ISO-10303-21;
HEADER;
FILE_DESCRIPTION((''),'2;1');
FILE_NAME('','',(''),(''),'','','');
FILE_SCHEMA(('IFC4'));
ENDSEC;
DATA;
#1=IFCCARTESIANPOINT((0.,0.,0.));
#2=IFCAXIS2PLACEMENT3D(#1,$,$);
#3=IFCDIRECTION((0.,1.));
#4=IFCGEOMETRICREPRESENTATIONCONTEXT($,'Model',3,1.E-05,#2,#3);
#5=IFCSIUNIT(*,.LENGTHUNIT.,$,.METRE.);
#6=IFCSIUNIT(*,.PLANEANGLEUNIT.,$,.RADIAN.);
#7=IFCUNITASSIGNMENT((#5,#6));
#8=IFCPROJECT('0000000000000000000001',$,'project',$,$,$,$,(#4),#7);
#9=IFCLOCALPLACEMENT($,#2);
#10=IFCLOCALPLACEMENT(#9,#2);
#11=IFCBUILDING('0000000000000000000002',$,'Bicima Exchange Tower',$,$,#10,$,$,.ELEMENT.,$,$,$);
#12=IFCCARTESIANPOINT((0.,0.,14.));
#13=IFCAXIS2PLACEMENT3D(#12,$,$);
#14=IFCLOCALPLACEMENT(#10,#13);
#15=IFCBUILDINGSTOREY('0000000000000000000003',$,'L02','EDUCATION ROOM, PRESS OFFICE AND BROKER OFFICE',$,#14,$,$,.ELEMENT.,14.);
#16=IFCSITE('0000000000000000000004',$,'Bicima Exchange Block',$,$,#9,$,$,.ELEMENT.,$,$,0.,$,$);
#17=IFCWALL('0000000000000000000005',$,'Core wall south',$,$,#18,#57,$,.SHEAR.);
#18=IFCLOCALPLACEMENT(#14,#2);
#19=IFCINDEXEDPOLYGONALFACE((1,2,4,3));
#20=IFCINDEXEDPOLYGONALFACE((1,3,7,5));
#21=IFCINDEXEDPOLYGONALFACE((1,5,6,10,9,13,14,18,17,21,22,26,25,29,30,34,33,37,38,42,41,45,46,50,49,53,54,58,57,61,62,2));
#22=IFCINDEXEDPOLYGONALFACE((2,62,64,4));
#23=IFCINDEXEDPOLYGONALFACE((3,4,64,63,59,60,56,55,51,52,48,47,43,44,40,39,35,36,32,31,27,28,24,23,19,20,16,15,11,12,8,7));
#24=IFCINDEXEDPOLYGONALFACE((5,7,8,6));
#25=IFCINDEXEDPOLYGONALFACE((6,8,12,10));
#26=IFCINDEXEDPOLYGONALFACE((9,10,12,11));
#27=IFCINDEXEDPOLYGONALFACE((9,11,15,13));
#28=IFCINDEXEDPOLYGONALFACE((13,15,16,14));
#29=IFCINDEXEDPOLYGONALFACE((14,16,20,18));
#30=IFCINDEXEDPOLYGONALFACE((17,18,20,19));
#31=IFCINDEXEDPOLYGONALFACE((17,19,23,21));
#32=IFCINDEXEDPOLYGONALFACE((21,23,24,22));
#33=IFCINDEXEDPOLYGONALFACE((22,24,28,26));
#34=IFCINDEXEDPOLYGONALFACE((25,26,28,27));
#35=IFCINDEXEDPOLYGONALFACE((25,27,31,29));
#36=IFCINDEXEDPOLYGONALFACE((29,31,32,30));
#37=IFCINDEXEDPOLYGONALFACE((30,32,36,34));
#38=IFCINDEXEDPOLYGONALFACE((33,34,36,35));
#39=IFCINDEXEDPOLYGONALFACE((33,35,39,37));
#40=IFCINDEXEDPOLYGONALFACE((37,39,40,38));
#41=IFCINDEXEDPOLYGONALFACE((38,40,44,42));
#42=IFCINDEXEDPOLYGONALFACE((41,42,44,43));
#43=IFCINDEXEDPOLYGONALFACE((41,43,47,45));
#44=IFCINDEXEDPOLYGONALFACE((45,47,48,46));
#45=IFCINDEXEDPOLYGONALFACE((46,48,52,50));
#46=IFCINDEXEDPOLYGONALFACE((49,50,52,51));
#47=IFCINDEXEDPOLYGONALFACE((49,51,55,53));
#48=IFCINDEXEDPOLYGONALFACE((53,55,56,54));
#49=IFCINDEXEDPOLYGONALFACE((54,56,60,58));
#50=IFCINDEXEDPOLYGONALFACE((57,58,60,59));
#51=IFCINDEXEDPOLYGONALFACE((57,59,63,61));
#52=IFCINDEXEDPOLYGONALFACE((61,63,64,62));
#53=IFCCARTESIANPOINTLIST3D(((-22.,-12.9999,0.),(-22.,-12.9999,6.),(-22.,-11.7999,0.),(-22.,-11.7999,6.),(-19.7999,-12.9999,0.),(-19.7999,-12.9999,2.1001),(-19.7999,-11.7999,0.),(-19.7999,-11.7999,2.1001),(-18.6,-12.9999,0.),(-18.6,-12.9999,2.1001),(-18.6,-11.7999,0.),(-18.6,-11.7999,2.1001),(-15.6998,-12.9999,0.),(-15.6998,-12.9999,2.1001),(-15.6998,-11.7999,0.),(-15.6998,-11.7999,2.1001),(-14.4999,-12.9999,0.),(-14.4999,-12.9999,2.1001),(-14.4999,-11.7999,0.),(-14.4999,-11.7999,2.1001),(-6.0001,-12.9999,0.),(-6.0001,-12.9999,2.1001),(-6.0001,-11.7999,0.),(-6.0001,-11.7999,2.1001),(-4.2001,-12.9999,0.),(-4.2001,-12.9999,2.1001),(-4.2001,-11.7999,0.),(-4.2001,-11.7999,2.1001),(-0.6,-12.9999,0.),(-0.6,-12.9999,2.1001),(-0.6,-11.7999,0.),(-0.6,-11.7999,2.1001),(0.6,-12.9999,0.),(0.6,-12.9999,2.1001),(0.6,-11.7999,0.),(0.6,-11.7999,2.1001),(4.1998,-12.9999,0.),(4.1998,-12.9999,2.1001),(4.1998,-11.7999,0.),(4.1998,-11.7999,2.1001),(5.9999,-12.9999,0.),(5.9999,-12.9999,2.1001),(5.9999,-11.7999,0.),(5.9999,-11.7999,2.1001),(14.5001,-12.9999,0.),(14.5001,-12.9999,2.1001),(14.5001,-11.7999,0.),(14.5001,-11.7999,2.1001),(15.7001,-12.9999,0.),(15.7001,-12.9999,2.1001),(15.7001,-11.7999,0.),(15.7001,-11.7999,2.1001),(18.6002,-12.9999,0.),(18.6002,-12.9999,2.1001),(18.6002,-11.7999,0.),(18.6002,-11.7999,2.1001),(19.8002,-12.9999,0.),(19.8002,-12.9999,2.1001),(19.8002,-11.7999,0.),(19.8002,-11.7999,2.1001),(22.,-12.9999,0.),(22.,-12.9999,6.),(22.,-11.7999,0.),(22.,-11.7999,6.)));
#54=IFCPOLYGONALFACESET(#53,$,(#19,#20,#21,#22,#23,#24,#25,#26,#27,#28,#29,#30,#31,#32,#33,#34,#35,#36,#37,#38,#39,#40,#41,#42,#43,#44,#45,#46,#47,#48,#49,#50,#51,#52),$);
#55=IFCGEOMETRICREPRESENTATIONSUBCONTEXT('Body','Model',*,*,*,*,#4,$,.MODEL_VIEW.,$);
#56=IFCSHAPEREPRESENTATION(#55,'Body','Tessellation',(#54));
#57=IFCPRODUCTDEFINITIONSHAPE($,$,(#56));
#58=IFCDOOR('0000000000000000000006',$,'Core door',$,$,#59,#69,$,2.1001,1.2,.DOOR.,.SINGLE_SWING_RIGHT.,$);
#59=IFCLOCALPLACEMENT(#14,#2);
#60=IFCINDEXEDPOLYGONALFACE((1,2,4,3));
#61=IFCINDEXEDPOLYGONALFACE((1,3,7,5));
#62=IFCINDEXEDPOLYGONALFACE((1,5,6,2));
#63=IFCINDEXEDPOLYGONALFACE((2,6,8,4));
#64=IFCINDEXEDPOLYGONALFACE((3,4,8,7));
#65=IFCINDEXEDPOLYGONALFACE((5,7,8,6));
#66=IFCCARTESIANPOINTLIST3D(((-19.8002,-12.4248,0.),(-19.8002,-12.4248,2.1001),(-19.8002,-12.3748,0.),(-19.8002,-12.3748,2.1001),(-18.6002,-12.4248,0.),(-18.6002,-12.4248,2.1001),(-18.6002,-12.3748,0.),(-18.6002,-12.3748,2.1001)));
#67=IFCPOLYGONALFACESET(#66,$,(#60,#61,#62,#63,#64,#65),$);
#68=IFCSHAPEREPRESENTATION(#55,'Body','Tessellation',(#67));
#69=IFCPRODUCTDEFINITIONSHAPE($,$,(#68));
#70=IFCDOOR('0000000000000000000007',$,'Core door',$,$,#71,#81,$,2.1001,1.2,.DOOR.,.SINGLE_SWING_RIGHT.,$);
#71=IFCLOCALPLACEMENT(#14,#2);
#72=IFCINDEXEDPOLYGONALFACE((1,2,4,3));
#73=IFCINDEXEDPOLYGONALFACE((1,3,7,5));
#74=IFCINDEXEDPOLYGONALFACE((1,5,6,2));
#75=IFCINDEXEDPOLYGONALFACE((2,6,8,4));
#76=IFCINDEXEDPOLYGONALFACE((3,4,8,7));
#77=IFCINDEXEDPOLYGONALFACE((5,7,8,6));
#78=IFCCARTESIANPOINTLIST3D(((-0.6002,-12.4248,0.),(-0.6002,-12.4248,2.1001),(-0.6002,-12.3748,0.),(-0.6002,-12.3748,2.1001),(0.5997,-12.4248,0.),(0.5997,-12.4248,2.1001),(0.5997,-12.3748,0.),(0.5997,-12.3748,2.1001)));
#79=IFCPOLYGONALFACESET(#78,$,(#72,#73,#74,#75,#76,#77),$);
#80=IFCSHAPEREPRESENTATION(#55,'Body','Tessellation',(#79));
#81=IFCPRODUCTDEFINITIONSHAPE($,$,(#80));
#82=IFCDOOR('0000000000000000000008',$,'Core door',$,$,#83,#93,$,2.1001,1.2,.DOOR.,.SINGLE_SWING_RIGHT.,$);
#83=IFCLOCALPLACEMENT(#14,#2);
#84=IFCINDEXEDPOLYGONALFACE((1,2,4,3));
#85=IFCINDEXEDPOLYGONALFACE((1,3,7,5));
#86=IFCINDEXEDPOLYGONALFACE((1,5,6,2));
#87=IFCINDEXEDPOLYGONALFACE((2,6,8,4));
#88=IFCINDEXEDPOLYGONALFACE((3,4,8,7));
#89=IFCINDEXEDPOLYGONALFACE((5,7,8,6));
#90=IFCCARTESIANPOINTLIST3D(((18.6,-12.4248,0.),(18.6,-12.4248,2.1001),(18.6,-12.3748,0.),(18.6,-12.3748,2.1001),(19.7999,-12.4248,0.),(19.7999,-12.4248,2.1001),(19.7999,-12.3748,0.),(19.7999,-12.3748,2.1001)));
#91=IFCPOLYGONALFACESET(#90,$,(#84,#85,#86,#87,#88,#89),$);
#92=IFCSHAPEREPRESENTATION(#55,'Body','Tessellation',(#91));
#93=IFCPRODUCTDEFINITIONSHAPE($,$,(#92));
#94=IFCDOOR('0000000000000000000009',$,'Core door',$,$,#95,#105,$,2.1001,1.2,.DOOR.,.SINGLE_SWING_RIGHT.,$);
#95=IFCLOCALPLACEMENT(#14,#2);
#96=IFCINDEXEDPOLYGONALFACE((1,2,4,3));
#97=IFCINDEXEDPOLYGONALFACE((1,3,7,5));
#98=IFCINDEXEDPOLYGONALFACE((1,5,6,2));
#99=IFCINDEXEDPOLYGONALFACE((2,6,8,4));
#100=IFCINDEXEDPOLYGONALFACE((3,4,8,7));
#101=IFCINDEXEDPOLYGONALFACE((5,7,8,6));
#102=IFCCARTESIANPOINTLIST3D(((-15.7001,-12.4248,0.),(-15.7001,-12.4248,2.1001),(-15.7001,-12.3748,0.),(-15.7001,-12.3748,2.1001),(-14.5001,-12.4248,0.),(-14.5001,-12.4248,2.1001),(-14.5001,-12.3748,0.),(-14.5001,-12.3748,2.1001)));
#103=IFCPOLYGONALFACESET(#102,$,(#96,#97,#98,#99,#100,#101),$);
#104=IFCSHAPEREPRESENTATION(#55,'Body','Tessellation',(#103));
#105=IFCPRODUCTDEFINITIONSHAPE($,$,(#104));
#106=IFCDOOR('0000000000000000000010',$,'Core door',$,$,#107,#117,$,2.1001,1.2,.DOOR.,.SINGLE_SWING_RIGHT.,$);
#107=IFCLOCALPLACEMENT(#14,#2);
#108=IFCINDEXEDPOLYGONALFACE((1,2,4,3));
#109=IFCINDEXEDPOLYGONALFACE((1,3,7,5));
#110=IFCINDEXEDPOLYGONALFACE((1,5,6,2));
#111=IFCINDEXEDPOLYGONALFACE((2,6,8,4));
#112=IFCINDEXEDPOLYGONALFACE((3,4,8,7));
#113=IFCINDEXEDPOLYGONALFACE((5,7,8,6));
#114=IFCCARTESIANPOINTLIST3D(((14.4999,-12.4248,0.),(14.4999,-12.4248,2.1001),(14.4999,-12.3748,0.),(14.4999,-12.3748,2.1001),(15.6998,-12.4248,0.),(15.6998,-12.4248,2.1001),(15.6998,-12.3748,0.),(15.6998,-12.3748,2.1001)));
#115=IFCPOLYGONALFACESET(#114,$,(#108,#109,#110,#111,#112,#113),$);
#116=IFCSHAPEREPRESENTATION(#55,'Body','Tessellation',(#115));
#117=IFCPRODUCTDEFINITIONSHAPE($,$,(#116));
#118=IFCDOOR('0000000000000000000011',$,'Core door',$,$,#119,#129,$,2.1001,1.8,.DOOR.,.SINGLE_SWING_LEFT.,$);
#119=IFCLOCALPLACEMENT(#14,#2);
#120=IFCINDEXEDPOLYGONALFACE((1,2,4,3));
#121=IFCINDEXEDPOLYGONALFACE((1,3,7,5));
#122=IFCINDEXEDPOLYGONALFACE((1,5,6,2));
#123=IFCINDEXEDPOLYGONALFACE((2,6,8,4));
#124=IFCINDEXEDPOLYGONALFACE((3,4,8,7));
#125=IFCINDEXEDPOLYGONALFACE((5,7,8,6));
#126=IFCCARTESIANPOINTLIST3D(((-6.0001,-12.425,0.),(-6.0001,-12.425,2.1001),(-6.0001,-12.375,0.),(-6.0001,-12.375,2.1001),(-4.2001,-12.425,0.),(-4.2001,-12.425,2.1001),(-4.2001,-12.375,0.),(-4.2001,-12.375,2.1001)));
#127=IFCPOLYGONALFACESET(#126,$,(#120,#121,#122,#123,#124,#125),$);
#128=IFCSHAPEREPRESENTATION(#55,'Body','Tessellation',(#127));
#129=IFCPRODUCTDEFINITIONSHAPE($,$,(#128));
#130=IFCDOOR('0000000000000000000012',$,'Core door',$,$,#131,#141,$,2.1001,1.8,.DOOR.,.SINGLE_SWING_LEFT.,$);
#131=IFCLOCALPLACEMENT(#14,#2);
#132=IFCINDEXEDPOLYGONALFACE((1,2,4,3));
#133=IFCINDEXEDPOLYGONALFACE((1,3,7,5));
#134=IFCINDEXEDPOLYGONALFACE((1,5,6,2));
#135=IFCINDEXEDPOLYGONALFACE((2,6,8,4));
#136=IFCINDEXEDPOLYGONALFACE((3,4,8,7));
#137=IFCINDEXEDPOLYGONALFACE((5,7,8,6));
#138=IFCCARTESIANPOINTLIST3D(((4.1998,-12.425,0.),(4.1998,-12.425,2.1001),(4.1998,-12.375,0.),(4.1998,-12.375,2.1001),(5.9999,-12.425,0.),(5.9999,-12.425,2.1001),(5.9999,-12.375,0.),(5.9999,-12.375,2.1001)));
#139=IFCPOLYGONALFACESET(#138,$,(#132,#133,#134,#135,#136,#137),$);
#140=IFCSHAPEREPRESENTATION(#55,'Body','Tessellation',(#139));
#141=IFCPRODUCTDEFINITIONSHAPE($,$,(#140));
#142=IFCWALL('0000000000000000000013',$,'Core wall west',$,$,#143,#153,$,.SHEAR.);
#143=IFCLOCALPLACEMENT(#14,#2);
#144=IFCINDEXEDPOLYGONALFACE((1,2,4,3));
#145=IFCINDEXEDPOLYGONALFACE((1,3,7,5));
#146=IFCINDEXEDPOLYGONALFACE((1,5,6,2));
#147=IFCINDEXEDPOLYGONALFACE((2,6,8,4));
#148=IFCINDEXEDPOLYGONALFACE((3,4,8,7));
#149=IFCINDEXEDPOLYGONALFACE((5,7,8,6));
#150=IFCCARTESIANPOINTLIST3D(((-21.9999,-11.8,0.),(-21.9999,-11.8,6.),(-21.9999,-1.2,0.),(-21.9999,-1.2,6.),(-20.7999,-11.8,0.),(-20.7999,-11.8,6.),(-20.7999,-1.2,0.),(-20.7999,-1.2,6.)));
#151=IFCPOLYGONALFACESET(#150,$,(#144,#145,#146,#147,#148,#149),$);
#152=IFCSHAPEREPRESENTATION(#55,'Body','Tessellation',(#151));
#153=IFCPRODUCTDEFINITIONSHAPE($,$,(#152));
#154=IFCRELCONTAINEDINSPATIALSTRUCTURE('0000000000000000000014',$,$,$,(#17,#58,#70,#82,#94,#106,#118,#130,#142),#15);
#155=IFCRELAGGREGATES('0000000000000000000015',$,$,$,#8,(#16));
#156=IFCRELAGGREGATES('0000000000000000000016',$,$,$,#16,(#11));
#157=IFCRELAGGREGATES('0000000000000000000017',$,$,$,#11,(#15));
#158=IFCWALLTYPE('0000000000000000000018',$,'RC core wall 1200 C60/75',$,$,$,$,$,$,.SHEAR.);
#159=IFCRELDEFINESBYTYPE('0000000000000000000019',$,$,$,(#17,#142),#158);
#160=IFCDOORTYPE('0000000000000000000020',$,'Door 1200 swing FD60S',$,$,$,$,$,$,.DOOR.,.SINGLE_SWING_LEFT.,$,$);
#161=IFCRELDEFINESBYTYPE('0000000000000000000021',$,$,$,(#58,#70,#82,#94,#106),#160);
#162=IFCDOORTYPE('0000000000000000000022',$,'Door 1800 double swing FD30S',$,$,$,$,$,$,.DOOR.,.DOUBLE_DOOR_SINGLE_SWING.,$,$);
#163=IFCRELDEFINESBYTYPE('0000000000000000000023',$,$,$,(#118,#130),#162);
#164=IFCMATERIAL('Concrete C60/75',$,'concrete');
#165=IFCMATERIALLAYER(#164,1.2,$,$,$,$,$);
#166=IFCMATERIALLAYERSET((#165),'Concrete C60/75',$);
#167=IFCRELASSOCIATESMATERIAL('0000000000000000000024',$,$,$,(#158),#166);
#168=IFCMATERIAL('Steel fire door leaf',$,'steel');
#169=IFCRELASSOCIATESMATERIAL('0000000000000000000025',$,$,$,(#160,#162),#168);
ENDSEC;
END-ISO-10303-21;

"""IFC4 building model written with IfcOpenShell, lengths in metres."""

from ifc_helpers import new_model, si_unit, direction, frame, frame_2d, origin, place, context, subcontext, project, spatial, rectangle, extrude, material, layer, layer_set, type_object, element, fill, save


model = new_model("IFC4")

# Units and contexts
model_context = context("Model", 3, precision=1e-05, world=origin(), true_north=direction((0.0, 1.0)))
body_context = subcontext(model_context, "Body", "Model", "MODEL_VIEW")
ifc_project = project(units=[si_unit("LENGTHUNIT", "METRE"), si_unit("PLANEANGLEUNIT", "RADIAN")], contexts=[model_context])

# Site, building, storey
site_placement = place(None, origin())
site = spatial("IfcSite", under=ifc_project, at=site_placement, Name="Bicima Exchange Block", CompositionType="ELEMENT", RefElevation=0.0)
building_placement = place(site_placement, origin())
building = spatial("IfcBuilding", under=site, at=building_placement, Name="Bicima Exchange Tower", CompositionType="ELEMENT")
storey_placement = place(building_placement, frame((0.0, 0.0, 14.0)))
storey = spatial("IfcBuildingStorey", under=building, at=storey_placement, Name="L02", Description="EDUCATION ROOM, PRESS OFFICE AND BROKER OFFICE", CompositionType="ELEMENT", Elevation=14.0)

# Shared definitions
ifc_material_1 = material(Name="Concrete C60/75", Category="concrete")
ifc_layer_1 = layer(ifc_material_1, 1.2)
ifc_layer_set_1 = layer_set([ifc_layer_1], Name="Concrete C60/75")
wall_type_1 = type_object("IfcWallType", Name="RC core wall 1200 C60/75", PredefinedType="SHEAR", material=ifc_layer_set_1)

# Wall, openings, doors
wall_1_placement = place(storey_placement, frame((-22.0, -12.3999, 0.0), z_axis=(0.0, 0.0, 1.0), x_axis=(1.0, 0.0, 0.0)))
wall_1 = element("IfcWall", 1, at=wall_1_placement, inside=storey, type_object=wall_type_1, Name="Core wall south", PredefinedType="SHEAR", context=body_context, shape_type="SweptSolid", body=[
    extrude(rectangle(XDim=44.0, YDim=1.2, at=frame_2d((22.0, 0.0))), origin(), (0.0, 0.0, 1.0), 6.0),
])
opening_1_placement = place(wall_1_placement, frame((2.2, 0.0, 0.0)))
opening_1 = element("IfcOpeningElement", 2, at=opening_1_placement, cuts=wall_1, PredefinedType="OPENING", context=body_context, shape_type="SweptSolid", body=[
    extrude(rectangle(XDim=1.2, YDim=2.1001, at=frame_2d((0.6001, 1.05))), frame((0.0, 0.6118, 0.0), z_axis=(0.0, -1.0, 0.0), x_axis=(1.0, 0.0, 0.0)), (0.0, 0.0, 1.0), 1.2239),
])
opening_2_placement = place(wall_1_placement, frame((21.3999, 0.0, 0.0)))
opening_2 = element("IfcOpeningElement", 3, at=opening_2_placement, cuts=wall_1, PredefinedType="OPENING", context=body_context, shape_type="SweptSolid", body=[
    extrude(rectangle(XDim=1.2, YDim=2.1001, at=frame_2d((0.6001, 1.05))), frame((0.0, 0.6118, 0.0), z_axis=(0.0, -1.0, 0.0), x_axis=(1.0, 0.0, 0.0)), (0.0, 0.0, 1.0), 1.2239),
])
opening_3_placement = place(wall_1_placement, frame((40.6001, 0.0, 0.0)))
opening_3 = element("IfcOpeningElement", 4, at=opening_3_placement, cuts=wall_1, PredefinedType="OPENING", context=body_context, shape_type="SweptSolid", body=[
    extrude(rectangle(XDim=1.2, YDim=2.1001, at=frame_2d((0.6001, 1.05))), frame((0.0, 0.6118, 0.0), z_axis=(0.0, -1.0, 0.0), x_axis=(1.0, 0.0, 0.0)), (0.0, 0.0, 1.0), 1.2239),
])
opening_4_placement = place(wall_1_placement, frame((16.0, 0.0, 0.0)))
opening_4 = element("IfcOpeningElement", 5, at=opening_4_placement, cuts=wall_1, PredefinedType="OPENING", context=body_context, shape_type="SweptSolid", body=[
    extrude(rectangle(XDim=1.8, YDim=2.1001, at=frame_2d((0.8999, 1.05))), frame((0.0, 0.6118, 0.0), z_axis=(0.0, -1.0, 0.0), x_axis=(1.0, 0.0, 0.0)), (0.0, 0.0, 1.0), 1.2239),
])
opening_5_placement = place(wall_1_placement, frame((6.3, 0.0, 0.0)))
opening_5 = element("IfcOpeningElement", 6, at=opening_5_placement, cuts=wall_1, PredefinedType="OPENING", context=body_context, shape_type="SweptSolid", body=[
    extrude(rectangle(XDim=1.2, YDim=2.1001, at=frame_2d((0.6001, 1.05))), frame((0.0, 0.6118, 0.0), z_axis=(0.0, -1.0, 0.0), x_axis=(1.0, 0.0, 0.0)), (0.0, 0.0, 1.0), 1.2239),
])
opening_6_placement = place(wall_1_placement, frame((26.2, 0.0, 0.0)))
opening_6 = element("IfcOpeningElement", 7, at=opening_6_placement, cuts=wall_1, PredefinedType="OPENING", context=body_context, shape_type="SweptSolid", body=[
    extrude(rectangle(XDim=1.8, YDim=2.1001, at=frame_2d((0.8999, 1.05))), frame((0.0, 0.6118, 0.0), z_axis=(0.0, -1.0, 0.0), x_axis=(1.0, 0.0, 0.0)), (0.0, 0.0, 1.0), 1.2239),
])
opening_7_placement = place(wall_1_placement, frame((36.5, 0.0, 0.0)))
opening_7 = element("IfcOpeningElement", 8, at=opening_7_placement, cuts=wall_1, PredefinedType="OPENING", context=body_context, shape_type="SweptSolid", body=[
    extrude(rectangle(XDim=1.2, YDim=2.1001, at=frame_2d((0.6001, 1.05))), frame((0.0, 0.6118, 0.0), z_axis=(0.0, -1.0, 0.0), x_axis=(1.0, 0.0, 0.0)), (0.0, 0.0, 1.0), 1.2239),
])
ifc_material_2 = material(Name="Steel fire door leaf", Category="steel")
door_type_1 = type_object("IfcDoorType", Name="Door 1200 swing FD60S", OperationType="SINGLE_SWING_LEFT", PredefinedType="DOOR", material=ifc_material_2)
door_1_placement = place(opening_1_placement, frame((1.2, 0.0, 0.0), z_axis=(0.0, 0.0, 1.0), x_axis=(-1.0, 0.0, 0.0)))
door_1 = element("IfcDoor", 9, at=door_1_placement, inside=storey, type_object=door_type_1, Name="Core door", OperationType="SINGLE_SWING_RIGHT", OverallHeight=2.1001, OverallWidth=1.2, PredefinedType="DOOR", context=body_context, shape_type="SweptSolid", body=[
    extrude(rectangle(XDim=1.2, YDim=2.1001, at=frame_2d((0.6001, 1.05))), frame((0.0, 0.0249, 0.0), z_axis=(0.0, -1.0, 0.0), x_axis=(1.0, 0.0, 0.0)), (0.0, 0.0, 1.0), 0.05),
])
fill(opening_1, door_1)
door_2_placement = place(opening_2_placement, frame((1.2, 0.0, 0.0), z_axis=(0.0, 0.0, 1.0), x_axis=(-1.0, 0.0, 0.0)))
door_2 = element("IfcDoor", 10, at=door_2_placement, inside=storey, type_object=door_type_1, Name="Core door", OperationType="SINGLE_SWING_RIGHT", OverallHeight=2.1001, OverallWidth=1.2, PredefinedType="DOOR", context=body_context, shape_type="SweptSolid", body=[
    extrude(rectangle(XDim=1.2, YDim=2.1001, at=frame_2d((0.6001, 1.05))), frame((0.0, 0.0249, 0.0), z_axis=(0.0, -1.0, 0.0), x_axis=(1.0, 0.0, 0.0)), (0.0, 0.0, 1.0), 0.05),
])
fill(opening_2, door_2)
door_3_placement = place(opening_3_placement, frame((1.2, 0.0, 0.0), z_axis=(0.0, 0.0, 1.0), x_axis=(-1.0, 0.0, 0.0)))
door_3 = element("IfcDoor", 11, at=door_3_placement, inside=storey, type_object=door_type_1, Name="Core door", OperationType="SINGLE_SWING_RIGHT", OverallHeight=2.1001, OverallWidth=1.2, PredefinedType="DOOR", context=body_context, shape_type="SweptSolid", body=[
    extrude(rectangle(XDim=1.2, YDim=2.1001, at=frame_2d((0.6001, 1.05))), frame((0.0, 0.0249, 0.0), z_axis=(0.0, -1.0, 0.0), x_axis=(1.0, 0.0, 0.0)), (0.0, 0.0, 1.0), 0.05),
])
fill(opening_3, door_3)
door_4_placement = place(opening_5_placement, frame((1.2, 0.0, 0.0), z_axis=(0.0, 0.0, 1.0), x_axis=(-1.0, 0.0, 0.0)))
door_4 = element("IfcDoor", 12, at=door_4_placement, inside=storey, type_object=door_type_1, Name="Core door", OperationType="SINGLE_SWING_RIGHT", OverallHeight=2.1001, OverallWidth=1.2, PredefinedType="DOOR", context=body_context, shape_type="SweptSolid", body=[
    extrude(rectangle(XDim=1.2, YDim=2.1001, at=frame_2d((0.6001, 1.05))), frame((0.0, 0.0249, 0.0), z_axis=(0.0, -1.0, 0.0), x_axis=(1.0, 0.0, 0.0)), (0.0, 0.0, 1.0), 0.05),
])
fill(opening_5, door_4)
door_5_placement = place(opening_7_placement, frame((1.2, 0.0, 0.0), z_axis=(0.0, 0.0, 1.0), x_axis=(-1.0, 0.0, 0.0)))
door_5 = element("IfcDoor", 13, at=door_5_placement, inside=storey, type_object=door_type_1, Name="Core door", OperationType="SINGLE_SWING_RIGHT", OverallHeight=2.1001, OverallWidth=1.2, PredefinedType="DOOR", context=body_context, shape_type="SweptSolid", body=[
    extrude(rectangle(XDim=1.2, YDim=2.1001, at=frame_2d((0.6001, 1.05))), frame((0.0, 0.0249, 0.0), z_axis=(0.0, -1.0, 0.0), x_axis=(1.0, 0.0, 0.0)), (0.0, 0.0, 1.0), 0.05),
])
fill(opening_7, door_5)
door_type_2 = type_object("IfcDoorType", Name="Door 1800 double swing FD30S", OperationType="DOUBLE_DOOR_SINGLE_SWING", PredefinedType="DOOR", material=ifc_material_2)
door_6_placement = place(opening_4_placement, origin())
door_6 = element("IfcDoor", 14, at=door_6_placement, inside=storey, type_object=door_type_2, Name="Core door", OperationType="SINGLE_SWING_LEFT", OverallHeight=2.1001, OverallWidth=1.8, PredefinedType="DOOR", context=body_context, shape_type="SweptSolid", body=[
    extrude(rectangle(XDim=1.8, YDim=2.1001, at=frame_2d((0.8999, 1.05))), frame((0.0, 0.0249, 0.0), z_axis=(0.0, -1.0, 0.0), x_axis=(1.0, 0.0, 0.0)), (0.0, 0.0, 1.0), 0.05),
])
fill(opening_4, door_6)
door_7_placement = place(opening_6_placement, origin())
door_7 = element("IfcDoor", 15, at=door_7_placement, inside=storey, type_object=door_type_2, Name="Core door", OperationType="SINGLE_SWING_LEFT", OverallHeight=2.1001, OverallWidth=1.8, PredefinedType="DOOR", context=body_context, shape_type="SweptSolid", body=[
    extrude(rectangle(XDim=1.8, YDim=2.1001, at=frame_2d((0.8999, 1.05))), frame((0.0, 0.0249, 0.0), z_axis=(0.0, -1.0, 0.0), x_axis=(1.0, 0.0, 0.0)), (0.0, 0.0, 1.0), 0.05),
])
fill(opening_6, door_7)

# Wall
wall_2_placement = place(storey_placement, frame((-21.3999, -11.8, 0.0), z_axis=(0.0, 0.0, 1.0), x_axis=(0.0, 1.0, 0.0)))
element("IfcWall", 16, at=wall_2_placement, inside=storey, type_object=wall_type_1, Name="Core wall west", PredefinedType="SHEAR", context=body_context, shape_type="SweptSolid", body=[
    extrude(rectangle(XDim=10.6001, YDim=1.2, at=frame_2d((5.3, 0.0))), origin(), (0.0, 0.0, 1.0), 6.0),
])

save(model, "model.ifc")
